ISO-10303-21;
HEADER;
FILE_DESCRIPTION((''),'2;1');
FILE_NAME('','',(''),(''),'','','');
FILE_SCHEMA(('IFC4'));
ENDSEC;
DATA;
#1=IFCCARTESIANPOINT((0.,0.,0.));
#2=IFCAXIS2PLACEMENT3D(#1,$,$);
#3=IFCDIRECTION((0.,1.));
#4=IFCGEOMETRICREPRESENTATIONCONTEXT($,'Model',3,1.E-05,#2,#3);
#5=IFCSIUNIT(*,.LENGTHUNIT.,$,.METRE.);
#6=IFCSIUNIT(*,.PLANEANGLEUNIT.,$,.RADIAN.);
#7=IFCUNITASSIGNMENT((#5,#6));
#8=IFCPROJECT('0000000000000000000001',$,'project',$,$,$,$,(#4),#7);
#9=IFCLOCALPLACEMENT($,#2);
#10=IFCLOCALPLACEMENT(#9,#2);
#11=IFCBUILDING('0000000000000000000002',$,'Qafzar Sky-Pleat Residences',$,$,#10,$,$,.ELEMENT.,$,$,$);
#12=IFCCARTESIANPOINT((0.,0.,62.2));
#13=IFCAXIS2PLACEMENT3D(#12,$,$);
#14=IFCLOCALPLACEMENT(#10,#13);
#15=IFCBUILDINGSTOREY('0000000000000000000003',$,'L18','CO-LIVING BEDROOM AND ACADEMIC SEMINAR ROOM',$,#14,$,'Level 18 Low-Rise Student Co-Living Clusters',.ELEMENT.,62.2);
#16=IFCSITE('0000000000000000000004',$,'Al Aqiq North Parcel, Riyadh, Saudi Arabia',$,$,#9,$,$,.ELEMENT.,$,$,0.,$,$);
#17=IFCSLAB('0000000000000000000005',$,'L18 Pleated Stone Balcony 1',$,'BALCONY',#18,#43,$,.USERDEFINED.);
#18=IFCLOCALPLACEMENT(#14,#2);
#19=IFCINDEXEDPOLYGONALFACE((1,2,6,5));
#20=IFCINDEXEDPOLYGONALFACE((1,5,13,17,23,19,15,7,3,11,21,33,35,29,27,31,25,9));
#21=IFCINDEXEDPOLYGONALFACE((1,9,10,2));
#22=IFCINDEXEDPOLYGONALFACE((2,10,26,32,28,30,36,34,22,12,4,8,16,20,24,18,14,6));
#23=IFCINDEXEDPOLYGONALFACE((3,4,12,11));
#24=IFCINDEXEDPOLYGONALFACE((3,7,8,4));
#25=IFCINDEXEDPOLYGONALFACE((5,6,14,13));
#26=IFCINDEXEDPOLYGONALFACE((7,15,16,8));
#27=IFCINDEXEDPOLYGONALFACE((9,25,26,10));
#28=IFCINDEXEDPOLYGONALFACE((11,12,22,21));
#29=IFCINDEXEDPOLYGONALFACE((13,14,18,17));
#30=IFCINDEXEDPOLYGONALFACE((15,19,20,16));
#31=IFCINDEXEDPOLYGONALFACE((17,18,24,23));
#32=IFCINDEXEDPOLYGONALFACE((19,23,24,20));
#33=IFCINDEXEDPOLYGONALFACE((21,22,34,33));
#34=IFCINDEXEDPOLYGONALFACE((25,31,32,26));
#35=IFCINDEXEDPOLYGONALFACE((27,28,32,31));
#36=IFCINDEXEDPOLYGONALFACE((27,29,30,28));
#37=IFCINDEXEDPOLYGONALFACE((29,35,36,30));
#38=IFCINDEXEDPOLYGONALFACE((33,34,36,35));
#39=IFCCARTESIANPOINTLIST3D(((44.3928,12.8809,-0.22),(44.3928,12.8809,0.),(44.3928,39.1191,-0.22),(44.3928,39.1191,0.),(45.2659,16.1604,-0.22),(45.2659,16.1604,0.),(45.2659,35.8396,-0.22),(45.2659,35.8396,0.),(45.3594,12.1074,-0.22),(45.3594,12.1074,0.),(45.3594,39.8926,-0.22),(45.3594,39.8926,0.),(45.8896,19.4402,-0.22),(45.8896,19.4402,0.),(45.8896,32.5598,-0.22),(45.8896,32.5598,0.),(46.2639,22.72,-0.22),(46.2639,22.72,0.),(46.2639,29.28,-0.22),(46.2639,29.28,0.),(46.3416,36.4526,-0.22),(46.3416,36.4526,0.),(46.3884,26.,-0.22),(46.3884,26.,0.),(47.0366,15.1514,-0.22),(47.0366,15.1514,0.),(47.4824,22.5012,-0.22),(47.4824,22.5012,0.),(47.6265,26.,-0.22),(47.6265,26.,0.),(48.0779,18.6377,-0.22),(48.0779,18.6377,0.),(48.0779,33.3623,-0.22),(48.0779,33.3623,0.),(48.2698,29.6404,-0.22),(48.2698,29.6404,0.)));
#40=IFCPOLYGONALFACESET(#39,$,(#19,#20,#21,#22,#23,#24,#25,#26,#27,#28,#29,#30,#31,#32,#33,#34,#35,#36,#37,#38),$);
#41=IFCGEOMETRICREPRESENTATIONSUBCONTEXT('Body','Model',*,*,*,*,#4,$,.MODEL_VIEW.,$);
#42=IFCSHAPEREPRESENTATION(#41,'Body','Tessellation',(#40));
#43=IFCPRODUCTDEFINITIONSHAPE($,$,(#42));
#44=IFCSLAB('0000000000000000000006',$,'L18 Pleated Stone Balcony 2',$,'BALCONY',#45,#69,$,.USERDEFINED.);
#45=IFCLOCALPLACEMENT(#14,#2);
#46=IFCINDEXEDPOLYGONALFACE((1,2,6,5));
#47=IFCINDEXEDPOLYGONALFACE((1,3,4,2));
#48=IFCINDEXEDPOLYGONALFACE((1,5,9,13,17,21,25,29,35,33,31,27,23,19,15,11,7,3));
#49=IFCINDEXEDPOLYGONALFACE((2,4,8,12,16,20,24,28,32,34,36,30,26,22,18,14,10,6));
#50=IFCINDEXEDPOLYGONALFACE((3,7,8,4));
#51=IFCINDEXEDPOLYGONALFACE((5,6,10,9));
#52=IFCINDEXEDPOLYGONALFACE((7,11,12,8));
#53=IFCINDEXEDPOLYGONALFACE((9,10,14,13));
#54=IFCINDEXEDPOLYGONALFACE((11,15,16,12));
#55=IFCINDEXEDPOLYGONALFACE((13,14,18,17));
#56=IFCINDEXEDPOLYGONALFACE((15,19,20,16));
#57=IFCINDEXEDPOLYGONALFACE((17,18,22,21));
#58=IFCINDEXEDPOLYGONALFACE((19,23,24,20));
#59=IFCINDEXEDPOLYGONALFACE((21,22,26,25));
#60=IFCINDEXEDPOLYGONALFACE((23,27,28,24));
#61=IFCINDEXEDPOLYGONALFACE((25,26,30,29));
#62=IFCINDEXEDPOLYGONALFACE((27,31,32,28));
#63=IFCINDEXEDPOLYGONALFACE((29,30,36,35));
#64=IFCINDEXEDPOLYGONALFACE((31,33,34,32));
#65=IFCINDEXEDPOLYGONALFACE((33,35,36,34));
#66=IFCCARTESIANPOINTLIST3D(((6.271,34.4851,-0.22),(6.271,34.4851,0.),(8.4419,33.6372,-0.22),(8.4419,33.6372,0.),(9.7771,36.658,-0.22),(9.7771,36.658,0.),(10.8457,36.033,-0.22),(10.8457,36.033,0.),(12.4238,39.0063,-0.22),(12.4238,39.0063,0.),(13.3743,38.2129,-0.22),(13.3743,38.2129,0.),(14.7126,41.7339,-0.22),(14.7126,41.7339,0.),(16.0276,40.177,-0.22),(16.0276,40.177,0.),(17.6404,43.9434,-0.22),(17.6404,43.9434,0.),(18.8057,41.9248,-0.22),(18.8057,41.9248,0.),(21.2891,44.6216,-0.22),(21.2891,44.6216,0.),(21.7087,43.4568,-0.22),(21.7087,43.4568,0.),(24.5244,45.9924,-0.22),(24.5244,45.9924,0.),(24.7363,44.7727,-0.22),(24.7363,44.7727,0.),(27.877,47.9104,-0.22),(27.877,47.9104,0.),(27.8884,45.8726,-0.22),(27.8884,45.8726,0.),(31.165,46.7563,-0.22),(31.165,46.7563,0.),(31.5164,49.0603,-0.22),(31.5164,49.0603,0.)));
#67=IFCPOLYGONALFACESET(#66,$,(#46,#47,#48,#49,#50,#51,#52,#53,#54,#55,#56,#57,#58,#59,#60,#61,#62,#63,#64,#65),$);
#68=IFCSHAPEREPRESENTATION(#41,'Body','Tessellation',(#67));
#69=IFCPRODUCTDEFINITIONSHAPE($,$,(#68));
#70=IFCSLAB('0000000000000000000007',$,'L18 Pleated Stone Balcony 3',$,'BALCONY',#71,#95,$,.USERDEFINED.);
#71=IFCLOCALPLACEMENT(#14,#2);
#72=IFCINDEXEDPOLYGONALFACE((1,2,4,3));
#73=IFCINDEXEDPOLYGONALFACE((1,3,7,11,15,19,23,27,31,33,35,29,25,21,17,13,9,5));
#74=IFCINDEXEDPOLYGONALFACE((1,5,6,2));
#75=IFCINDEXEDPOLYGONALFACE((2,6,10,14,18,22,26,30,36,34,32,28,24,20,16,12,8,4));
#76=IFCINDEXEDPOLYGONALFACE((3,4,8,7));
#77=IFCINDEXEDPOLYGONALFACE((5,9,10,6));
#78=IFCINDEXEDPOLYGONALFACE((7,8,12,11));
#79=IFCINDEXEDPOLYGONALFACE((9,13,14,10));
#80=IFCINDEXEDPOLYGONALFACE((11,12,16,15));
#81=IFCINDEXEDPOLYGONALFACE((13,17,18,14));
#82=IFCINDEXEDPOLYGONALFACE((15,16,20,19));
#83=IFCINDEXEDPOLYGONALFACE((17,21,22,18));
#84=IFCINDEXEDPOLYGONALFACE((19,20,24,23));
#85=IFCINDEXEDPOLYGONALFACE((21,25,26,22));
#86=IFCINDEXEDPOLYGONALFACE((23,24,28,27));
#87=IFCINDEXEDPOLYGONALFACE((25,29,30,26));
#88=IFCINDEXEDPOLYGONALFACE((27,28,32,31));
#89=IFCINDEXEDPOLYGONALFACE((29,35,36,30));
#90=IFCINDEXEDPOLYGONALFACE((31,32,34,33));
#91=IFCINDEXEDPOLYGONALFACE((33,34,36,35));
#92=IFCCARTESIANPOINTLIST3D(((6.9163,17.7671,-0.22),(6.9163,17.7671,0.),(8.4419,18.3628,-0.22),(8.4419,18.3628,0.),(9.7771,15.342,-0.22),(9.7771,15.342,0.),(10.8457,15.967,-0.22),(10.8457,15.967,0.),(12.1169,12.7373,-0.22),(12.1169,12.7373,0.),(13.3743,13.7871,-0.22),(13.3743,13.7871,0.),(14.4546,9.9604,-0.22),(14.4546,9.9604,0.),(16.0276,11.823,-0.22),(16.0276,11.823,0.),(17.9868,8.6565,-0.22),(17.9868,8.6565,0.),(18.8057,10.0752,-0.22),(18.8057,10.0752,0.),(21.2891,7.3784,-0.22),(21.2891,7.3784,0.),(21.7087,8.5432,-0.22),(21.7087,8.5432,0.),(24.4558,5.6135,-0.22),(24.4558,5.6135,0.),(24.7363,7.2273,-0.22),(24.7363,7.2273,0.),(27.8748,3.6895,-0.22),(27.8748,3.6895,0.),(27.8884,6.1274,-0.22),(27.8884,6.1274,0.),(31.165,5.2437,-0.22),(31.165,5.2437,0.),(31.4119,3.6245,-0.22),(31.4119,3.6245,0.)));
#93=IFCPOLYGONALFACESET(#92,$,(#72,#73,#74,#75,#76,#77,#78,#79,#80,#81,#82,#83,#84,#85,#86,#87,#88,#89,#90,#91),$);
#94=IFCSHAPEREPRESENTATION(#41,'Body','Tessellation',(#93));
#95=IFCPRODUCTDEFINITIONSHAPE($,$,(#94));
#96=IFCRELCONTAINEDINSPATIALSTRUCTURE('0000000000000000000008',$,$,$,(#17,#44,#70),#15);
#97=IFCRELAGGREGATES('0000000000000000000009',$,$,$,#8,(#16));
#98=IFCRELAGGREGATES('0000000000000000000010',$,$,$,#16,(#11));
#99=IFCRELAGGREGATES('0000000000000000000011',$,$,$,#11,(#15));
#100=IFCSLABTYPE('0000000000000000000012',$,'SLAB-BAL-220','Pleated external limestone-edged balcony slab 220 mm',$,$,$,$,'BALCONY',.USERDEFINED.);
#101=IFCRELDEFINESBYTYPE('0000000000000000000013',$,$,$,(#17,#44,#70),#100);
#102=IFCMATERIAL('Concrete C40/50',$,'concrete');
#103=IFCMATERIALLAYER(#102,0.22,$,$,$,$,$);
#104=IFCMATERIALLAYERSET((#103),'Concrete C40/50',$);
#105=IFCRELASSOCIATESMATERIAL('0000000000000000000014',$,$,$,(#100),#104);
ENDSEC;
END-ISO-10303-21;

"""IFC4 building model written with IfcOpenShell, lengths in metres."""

from ifc_helpers import new_model, si_unit, direction, frame, origin, place, context, subcontext, project, spatial, polyline, outline, extrude, material, layer, layer_set, type_object, element, save


model = new_model("IFC4")

# Units and contexts
model_context = context("Model", 3, precision=1e-05, world=origin(), true_north=direction((0.0, 1.0)))
body_context = subcontext(model_context, "Body", "Model", "MODEL_VIEW")
ifc_project = project(units=[si_unit("LENGTHUNIT", "METRE"), si_unit("PLANEANGLEUNIT", "RADIAN")], contexts=[model_context])

# Site, building, storey
site_placement = place(None, origin())
site = spatial("IfcSite", under=ifc_project, at=site_placement, Name="Al Aqiq North Parcel, Riyadh, Saudi Arabia", CompositionType="ELEMENT", RefElevation=0.0)
building_placement = place(site_placement, origin())
building = spatial("IfcBuilding", under=site, at=building_placement, Name="Qafzar Sky-Pleat Residences", CompositionType="ELEMENT")
storey_placement = place(building_placement, frame((0.0, 0.0, 62.2)))
storey = spatial("IfcBuildingStorey", under=building, at=storey_placement, Name="L18", Description="CO-LIVING BEDROOM AND ACADEMIC SEMINAR ROOM", LongName="Level 18 Low-Rise Student Co-Living Clusters", CompositionType="ELEMENT", Elevation=62.2)

# Slabs
ifc_material_1 = material(Name="Concrete C40/50", Category="concrete")
ifc_layer_1 = layer(ifc_material_1, 0.22)
ifc_layer_set_1 = layer_set([ifc_layer_1], Name="Concrete C40/50")
slab_type_1 = type_object("IfcSlabType", Name="SLAB-BAL-220", Description="Pleated external limestone-edged balcony slab 220 mm", ElementType="BALCONY", PredefinedType="USERDEFINED", material=ifc_layer_set_1)
slab_1_placement = place(storey_placement, frame((0.0, 0.0, -0.22)))
element("IfcSlab", 1, at=slab_1_placement, inside=storey, type_object=slab_type_1, Name="L18 Pleated Stone Balcony 1", ObjectType="BALCONY", PredefinedType="USERDEFINED", context=body_context, shape_type="SweptSolid", body=[
    extrude(outline(polyline([(45.2659, 16.1604), (45.8896, 19.4402), (46.2639, 22.72), (46.3884, 26.0), (46.2639, 29.28), (45.8896, 32.5598), (45.2659, 35.8396), (44.3928, 39.1191), (45.3594, 39.8926), (46.3416, 36.4526), (48.0779, 33.3623), (48.2698, 29.6404), (47.6265, 26.0), (47.4824, 22.5012), (48.0779, 18.6377), (47.0366, 15.1514), (45.3594, 12.1074), (44.3928, 12.8809), (45.2659, 16.1604)])), origin(), (0.0, 0.0, 1.0), 0.22),
])
slab_2_placement = place(storey_placement, frame((0.0, 0.0, -0.22)))
element("IfcSlab", 2, at=slab_2_placement, inside=storey, type_object=slab_type_1, Name="L18 Pleated Stone Balcony 2", ObjectType="BALCONY", PredefinedType="USERDEFINED", context=body_context, shape_type="SweptSolid", body=[
    extrude(outline(polyline([(27.8884, 45.8726), (24.7363, 44.7727), (21.7087, 43.4568), (18.8057, 41.9248), (16.0276, 40.177), (13.3743, 38.2129), (10.8457, 36.033), (8.4419, 33.6372), (6.271, 34.4851), (9.7771, 36.658), (12.4238, 39.0063), (14.7126, 41.7339), (17.6404, 43.9434), (21.2891, 44.6216), (24.5244, 45.9924), (27.877, 47.9104), (31.5164, 49.0603), (31.165, 46.7563), (27.8884, 45.8726)])), origin(), (0.0, 0.0, 1.0), 0.22),
])
slab_3_placement = place(storey_placement, frame((0.0, 0.0, -0.22)))
element("IfcSlab", 3, at=slab_3_placement, inside=storey, type_object=slab_type_1, Name="L18 Pleated Stone Balcony 3", ObjectType="BALCONY", PredefinedType="USERDEFINED", context=body_context, shape_type="SweptSolid", body=[
    extrude(outline(polyline([(10.8457, 15.967), (13.3743, 13.7871), (16.0276, 11.823), (18.8057, 10.0752), (21.7087, 8.5432), (24.7363, 7.2273), (27.8884, 6.1274), (31.165, 5.2437), (31.4119, 3.6245), (27.8748, 3.6895), (24.4558, 5.6135), (21.2891, 7.3784), (17.9868, 8.6565), (14.4546, 9.9604), (12.1169, 12.7373), (9.7771, 15.342), (6.9163, 17.7671), (8.4419, 18.3628), (10.8457, 15.967)])), origin(), (0.0, 0.0, 1.0), 0.22),
])

save(model, "model.ifc")
